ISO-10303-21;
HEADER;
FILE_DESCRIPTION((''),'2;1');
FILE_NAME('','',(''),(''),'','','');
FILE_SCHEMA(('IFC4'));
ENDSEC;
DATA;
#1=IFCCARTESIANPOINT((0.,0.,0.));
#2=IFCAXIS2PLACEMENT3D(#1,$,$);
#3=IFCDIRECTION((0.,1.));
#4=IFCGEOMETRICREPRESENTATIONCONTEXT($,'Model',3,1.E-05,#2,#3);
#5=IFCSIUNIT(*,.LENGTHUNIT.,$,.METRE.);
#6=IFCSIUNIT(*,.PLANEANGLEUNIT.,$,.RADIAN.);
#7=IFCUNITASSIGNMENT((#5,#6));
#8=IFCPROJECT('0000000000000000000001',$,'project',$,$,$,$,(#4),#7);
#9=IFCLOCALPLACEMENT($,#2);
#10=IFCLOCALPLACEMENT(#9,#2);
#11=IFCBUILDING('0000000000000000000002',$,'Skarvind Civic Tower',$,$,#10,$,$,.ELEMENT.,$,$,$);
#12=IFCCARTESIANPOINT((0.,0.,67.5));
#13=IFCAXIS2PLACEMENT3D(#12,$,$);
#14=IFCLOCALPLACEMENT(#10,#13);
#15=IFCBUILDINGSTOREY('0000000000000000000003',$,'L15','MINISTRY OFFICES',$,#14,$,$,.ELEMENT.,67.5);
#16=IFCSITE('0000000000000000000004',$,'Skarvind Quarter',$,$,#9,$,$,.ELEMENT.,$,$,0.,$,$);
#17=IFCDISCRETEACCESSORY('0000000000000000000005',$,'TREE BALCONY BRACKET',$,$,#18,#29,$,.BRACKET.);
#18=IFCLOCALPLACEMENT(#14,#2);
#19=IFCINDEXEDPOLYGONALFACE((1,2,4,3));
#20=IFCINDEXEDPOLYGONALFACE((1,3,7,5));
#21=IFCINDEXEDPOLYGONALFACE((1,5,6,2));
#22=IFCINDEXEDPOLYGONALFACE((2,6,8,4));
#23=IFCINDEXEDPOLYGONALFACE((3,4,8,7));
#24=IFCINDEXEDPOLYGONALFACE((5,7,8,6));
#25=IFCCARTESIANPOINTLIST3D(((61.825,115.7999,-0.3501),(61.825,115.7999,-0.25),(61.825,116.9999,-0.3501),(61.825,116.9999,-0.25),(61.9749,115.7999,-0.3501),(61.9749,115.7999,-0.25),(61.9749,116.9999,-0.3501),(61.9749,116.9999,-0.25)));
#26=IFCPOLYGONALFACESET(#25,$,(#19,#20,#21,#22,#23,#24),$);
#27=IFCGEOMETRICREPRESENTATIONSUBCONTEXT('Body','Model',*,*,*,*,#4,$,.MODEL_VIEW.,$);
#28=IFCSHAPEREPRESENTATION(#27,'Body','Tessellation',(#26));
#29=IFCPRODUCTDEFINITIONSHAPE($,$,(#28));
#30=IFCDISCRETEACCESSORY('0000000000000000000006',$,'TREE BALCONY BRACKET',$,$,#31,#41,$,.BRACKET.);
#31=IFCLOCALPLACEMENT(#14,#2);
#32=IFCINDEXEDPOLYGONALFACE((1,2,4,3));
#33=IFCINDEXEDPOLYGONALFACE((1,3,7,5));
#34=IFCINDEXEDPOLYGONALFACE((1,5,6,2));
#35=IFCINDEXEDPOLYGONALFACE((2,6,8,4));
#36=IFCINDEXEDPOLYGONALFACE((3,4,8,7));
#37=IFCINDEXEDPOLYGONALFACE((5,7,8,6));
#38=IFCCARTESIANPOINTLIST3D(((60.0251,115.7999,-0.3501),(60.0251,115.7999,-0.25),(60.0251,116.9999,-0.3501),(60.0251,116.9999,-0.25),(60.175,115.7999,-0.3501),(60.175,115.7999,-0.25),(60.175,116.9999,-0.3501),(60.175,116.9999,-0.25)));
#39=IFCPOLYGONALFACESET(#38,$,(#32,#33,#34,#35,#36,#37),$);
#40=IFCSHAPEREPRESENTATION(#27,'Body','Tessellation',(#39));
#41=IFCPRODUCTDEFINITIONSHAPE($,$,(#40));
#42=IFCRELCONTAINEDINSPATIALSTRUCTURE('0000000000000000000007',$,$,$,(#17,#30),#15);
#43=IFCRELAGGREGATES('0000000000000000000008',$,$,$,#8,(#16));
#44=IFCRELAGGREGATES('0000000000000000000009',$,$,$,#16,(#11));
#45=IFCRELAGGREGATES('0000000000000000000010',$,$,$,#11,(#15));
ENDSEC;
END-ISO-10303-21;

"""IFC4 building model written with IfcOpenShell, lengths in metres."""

from ifc_helpers import new_model, si_unit, direction, frame, origin, origin_2d, place, context, subcontext, project, spatial, rectangle, extrude, element, save


model = new_model("IFC4")

# Units and contexts
model_context = context("Model", 3, precision=1e-05, world=origin(), true_north=direction((0.0, 1.0)))
body_context = subcontext(model_context, "Body", "Model", "MODEL_VIEW")
ifc_project = project(units=[si_unit("LENGTHUNIT", "METRE"), si_unit("PLANEANGLEUNIT", "RADIAN")], contexts=[model_context])

# Site, building, storey
site_placement = place(None, origin())
site = spatial("IfcSite", under=ifc_project, at=site_placement, Name="Skarvind Quarter", CompositionType="ELEMENT", RefElevation=0.0)
building_placement = place(site_placement, origin())
building = spatial("IfcBuilding", under=site, at=building_placement, Name="Skarvind Civic Tower", CompositionType="ELEMENT")
storey_placement = place(building_placement, frame((0.0, 0.0, 67.5)))
storey = spatial("IfcBuildingStorey", under=building, at=storey_placement, Name="L15", Description="MINISTRY OFFICES", CompositionType="ELEMENT", Elevation=67.5)

# Discrete accessories
for number, where, z_axis, x_axis, name in (
    (1, (61.8999, 116.3999, -0.3501), (0.0, 0.0, 1.0), (-1.0, 0.0, 0.0), "TREE BALCONY BRACKET"),
    (2, (60.1001, 116.3999, -0.3501), (0.0, 0.0, 1.0), (-1.0, 0.0, 0.0), "TREE BALCONY BRACKET"),
):
    element("IfcDiscreteAccessory", number, at=place(storey_placement, frame(where, z_axis=z_axis, x_axis=x_axis)), inside=storey, Name=name, PredefinedType="BRACKET", context=body_context, shape_type="SweptSolid", body=[
        extrude(rectangle(XDim=0.1499, YDim=1.2, at=origin_2d()), origin(), (0.0, 0.0, 1.0), 0.1001),
    ])

save(model, "model.ifc")
